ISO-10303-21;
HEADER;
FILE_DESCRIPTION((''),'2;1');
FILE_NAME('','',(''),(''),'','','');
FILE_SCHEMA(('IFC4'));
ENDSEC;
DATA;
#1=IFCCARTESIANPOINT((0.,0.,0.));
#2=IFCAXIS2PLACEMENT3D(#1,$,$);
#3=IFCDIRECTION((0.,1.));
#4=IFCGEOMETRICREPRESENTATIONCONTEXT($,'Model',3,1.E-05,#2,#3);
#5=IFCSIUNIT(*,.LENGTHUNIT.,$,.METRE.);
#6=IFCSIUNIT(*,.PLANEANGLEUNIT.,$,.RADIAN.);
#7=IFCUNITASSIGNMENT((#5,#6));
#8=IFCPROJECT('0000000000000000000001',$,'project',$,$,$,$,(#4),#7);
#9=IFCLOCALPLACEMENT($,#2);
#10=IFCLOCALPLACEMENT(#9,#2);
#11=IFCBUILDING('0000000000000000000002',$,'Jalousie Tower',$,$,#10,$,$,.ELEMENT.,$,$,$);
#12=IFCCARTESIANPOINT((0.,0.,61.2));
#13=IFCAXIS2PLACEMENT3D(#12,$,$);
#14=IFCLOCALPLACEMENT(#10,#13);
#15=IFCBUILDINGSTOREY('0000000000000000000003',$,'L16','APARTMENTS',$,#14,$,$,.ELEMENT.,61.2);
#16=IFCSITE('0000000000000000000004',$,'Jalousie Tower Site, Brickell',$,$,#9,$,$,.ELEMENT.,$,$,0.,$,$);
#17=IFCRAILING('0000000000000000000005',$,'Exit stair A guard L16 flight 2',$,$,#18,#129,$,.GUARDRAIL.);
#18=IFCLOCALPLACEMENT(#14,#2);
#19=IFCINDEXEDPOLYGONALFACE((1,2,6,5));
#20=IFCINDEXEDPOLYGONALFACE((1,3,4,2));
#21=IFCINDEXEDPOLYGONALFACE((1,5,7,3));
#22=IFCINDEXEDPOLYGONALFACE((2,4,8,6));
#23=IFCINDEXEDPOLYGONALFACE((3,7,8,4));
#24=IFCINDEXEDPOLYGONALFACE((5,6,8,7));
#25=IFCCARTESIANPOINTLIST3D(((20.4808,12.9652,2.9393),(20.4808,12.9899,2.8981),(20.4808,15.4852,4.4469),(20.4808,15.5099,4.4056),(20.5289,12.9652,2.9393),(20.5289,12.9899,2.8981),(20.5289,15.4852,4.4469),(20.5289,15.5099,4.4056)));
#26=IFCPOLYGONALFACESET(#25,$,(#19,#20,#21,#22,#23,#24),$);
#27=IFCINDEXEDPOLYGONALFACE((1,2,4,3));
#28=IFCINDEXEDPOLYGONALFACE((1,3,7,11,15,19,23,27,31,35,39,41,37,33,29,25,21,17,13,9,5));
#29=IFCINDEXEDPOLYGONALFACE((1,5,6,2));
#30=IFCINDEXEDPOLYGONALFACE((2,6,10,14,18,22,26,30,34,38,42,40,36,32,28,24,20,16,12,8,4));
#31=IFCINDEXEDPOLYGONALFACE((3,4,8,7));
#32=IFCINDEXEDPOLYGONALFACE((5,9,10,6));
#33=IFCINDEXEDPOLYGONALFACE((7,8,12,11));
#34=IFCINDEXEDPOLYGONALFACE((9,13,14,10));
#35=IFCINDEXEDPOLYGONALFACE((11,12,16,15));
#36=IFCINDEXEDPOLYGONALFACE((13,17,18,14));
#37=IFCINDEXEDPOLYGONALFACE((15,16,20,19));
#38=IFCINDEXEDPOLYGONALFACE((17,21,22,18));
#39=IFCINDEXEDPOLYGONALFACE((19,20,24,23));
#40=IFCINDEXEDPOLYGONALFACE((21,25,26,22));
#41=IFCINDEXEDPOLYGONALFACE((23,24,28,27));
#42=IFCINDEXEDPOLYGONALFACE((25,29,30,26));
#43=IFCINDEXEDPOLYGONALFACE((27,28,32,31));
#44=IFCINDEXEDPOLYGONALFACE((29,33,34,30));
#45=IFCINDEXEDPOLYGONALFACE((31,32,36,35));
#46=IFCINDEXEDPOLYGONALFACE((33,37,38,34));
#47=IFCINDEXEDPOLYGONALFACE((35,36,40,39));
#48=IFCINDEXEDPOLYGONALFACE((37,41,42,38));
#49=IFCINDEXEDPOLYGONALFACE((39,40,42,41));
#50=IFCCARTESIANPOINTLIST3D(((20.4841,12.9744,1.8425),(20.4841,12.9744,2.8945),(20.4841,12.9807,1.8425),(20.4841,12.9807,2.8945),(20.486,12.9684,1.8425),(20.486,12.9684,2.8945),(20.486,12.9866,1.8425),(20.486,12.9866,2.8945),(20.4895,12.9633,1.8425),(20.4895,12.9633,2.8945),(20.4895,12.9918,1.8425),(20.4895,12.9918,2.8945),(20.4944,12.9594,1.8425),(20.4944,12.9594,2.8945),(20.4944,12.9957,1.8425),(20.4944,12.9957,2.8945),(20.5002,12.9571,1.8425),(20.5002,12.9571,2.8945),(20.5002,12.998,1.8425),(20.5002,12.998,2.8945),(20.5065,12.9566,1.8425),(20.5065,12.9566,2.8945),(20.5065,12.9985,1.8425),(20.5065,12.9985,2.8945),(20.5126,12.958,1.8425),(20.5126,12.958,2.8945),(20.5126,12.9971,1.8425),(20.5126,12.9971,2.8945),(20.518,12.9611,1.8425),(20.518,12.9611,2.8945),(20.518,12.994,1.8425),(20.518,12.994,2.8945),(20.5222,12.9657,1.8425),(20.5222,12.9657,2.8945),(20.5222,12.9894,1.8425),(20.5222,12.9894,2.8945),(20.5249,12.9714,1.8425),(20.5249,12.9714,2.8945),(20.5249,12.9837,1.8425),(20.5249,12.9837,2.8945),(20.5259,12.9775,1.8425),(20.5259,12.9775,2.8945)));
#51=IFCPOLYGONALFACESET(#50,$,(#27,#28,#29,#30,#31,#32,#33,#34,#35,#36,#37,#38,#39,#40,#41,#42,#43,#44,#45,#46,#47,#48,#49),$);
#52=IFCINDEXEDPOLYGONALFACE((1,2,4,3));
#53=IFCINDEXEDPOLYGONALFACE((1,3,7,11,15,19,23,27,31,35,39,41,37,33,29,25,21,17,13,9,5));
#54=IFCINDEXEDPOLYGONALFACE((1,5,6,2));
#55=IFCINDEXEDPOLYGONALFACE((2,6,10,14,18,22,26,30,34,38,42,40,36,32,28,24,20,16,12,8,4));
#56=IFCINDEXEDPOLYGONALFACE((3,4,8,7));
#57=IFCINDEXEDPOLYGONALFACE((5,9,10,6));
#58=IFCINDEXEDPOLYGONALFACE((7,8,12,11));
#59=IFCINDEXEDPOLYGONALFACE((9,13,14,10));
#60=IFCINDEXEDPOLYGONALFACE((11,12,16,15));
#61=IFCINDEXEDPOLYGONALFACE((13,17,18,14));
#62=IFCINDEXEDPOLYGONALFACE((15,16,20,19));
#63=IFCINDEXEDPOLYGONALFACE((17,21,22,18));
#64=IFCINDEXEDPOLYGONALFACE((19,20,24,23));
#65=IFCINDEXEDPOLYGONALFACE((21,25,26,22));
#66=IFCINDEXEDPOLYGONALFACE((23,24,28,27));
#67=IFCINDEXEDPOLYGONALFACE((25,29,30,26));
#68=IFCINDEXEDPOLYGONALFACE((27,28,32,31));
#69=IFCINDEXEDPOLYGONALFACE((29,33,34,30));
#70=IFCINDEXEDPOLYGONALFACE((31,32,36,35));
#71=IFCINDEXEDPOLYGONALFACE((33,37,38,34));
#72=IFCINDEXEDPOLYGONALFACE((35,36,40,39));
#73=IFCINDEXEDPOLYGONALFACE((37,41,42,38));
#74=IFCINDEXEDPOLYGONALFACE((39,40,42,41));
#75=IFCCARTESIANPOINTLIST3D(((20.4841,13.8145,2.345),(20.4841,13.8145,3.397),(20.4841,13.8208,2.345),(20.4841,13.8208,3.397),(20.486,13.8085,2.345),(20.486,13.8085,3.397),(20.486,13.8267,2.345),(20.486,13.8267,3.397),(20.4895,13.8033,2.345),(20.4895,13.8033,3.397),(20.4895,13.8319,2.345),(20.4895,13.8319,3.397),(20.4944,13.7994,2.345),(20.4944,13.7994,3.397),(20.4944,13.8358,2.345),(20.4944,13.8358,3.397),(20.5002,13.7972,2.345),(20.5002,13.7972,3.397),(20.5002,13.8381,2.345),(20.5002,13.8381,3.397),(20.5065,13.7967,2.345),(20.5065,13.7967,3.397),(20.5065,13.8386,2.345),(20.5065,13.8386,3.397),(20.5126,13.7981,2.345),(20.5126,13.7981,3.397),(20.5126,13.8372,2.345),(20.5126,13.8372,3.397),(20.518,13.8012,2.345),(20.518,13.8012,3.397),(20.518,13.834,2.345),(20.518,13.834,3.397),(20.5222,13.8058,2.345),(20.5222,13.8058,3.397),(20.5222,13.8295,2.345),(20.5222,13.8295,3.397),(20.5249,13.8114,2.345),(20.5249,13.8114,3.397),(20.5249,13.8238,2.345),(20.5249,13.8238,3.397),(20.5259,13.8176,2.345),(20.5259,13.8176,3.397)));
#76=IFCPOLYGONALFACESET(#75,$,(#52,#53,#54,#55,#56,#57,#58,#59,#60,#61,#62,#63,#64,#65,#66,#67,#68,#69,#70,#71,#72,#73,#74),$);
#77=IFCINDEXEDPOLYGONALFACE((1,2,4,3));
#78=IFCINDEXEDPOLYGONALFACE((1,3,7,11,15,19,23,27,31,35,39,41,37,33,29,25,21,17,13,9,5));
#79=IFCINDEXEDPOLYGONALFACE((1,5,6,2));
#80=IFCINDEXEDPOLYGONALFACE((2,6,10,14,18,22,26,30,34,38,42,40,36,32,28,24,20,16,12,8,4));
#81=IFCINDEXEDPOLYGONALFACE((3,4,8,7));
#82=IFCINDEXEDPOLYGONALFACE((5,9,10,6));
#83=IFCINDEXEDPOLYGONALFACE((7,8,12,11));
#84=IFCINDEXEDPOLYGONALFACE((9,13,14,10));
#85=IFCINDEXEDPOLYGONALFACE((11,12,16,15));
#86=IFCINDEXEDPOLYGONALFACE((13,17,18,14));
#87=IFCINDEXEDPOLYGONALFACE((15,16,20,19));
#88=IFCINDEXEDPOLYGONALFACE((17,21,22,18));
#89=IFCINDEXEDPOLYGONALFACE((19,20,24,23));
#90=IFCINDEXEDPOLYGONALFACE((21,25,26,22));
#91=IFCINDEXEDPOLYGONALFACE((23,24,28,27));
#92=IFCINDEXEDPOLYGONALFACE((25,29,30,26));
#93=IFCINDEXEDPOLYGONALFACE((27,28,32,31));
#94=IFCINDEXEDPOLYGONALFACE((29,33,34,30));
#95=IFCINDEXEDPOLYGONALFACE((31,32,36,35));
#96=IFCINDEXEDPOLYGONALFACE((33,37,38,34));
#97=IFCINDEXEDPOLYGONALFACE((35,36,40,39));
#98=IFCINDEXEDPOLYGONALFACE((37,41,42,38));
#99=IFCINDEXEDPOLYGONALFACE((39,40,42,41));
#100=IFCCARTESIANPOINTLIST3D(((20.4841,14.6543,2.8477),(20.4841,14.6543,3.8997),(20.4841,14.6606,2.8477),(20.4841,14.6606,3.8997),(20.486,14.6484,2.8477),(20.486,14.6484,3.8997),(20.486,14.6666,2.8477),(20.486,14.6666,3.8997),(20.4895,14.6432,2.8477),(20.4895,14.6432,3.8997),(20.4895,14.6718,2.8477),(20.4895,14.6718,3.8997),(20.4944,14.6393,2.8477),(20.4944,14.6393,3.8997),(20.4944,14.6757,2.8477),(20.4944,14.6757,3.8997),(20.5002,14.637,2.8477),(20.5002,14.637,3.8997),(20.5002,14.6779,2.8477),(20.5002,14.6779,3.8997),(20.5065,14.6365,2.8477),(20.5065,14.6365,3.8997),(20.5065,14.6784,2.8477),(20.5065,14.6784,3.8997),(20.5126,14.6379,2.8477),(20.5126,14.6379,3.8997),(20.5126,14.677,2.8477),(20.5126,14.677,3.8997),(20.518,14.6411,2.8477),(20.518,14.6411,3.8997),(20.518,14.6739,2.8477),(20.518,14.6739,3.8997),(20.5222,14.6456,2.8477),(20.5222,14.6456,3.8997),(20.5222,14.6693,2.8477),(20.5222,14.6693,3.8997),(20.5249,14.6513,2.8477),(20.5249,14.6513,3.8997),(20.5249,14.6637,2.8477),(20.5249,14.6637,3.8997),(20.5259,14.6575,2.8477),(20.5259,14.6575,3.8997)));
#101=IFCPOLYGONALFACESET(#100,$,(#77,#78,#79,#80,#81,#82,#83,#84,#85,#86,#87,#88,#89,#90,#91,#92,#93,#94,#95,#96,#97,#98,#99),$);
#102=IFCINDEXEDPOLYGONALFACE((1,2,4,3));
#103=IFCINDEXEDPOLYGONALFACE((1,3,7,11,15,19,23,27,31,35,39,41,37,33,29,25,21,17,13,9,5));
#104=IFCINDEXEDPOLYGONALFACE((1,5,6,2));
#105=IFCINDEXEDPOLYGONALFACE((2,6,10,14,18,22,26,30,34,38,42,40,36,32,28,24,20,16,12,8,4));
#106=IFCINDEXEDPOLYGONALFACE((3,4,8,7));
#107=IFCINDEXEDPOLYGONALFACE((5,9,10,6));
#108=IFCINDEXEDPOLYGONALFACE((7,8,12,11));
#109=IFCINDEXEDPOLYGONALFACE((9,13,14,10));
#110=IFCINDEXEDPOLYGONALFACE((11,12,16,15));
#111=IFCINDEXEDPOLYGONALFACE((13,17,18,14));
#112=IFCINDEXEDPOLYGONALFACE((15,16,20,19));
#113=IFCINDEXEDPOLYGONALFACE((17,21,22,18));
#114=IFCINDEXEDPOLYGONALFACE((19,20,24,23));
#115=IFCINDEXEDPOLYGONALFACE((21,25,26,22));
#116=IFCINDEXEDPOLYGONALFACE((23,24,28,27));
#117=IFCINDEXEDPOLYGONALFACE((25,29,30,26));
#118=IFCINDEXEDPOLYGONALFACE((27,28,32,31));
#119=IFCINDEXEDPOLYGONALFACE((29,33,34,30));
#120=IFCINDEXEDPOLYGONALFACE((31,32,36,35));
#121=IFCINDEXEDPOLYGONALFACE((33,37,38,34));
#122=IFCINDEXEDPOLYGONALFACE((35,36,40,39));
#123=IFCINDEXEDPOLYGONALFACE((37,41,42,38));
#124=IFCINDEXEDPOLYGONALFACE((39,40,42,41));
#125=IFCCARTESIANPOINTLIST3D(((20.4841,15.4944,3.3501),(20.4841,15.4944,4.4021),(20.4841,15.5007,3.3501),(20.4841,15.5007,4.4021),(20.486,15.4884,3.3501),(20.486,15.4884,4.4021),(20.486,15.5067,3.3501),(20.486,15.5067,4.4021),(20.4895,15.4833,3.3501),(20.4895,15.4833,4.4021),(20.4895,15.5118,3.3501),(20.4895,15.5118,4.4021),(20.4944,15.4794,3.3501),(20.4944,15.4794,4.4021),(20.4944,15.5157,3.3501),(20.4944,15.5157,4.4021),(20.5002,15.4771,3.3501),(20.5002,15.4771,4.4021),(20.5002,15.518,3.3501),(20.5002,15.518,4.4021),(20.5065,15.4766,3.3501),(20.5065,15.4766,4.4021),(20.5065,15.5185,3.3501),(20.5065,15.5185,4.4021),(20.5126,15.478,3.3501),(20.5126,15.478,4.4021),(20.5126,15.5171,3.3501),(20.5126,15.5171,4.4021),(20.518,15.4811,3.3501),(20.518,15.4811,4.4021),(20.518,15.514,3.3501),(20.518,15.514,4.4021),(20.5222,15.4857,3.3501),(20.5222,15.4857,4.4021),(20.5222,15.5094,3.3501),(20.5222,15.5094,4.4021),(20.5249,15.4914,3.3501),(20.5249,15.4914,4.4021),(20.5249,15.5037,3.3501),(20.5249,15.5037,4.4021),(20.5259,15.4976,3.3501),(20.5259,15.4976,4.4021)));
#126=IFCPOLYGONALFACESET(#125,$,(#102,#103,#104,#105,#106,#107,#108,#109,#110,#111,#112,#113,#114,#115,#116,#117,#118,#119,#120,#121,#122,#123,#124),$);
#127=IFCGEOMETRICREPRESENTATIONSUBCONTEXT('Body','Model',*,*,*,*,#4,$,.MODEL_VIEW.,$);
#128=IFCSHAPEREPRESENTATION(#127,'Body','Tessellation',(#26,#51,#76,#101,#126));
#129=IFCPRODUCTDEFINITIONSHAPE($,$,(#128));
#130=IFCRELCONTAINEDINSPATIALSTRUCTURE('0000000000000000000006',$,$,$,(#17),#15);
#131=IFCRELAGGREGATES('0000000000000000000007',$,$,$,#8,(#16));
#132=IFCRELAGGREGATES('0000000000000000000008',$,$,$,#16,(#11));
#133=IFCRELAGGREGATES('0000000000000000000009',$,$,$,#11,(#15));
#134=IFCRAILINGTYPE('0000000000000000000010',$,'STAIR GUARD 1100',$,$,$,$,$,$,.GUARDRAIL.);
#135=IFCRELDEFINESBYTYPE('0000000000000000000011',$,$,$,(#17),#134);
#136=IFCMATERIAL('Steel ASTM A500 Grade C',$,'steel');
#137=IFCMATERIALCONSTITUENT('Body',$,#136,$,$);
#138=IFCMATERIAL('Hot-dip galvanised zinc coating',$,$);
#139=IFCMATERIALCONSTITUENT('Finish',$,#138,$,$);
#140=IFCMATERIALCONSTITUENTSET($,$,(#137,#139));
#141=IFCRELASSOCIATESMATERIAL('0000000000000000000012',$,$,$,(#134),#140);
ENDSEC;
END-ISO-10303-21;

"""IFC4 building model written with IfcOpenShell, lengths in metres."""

from ifc_helpers import new_model, si_unit, direction, frame, origin, origin_2d, place, context, subcontext, project, spatial, rectangle, circle, extrude, material, constituent, constituent_set, type_object, element, save


model = new_model("IFC4")

# Units and contexts
model_context = context("Model", 3, precision=1e-05, world=origin(), true_north=direction((0.0, 1.0)))
body_context = subcontext(model_context, "Body", "Model", "MODEL_VIEW")
ifc_project = project(units=[si_unit("LENGTHUNIT", "METRE"), si_unit("PLANEANGLEUNIT", "RADIAN")], contexts=[model_context])

# Site, building, storey
site_placement = place(None, origin())
site = spatial("IfcSite", under=ifc_project, at=site_placement, Name="Jalousie Tower Site, Brickell", CompositionType="ELEMENT", RefElevation=0.0)
building_placement = place(site_placement, origin())
building = spatial("IfcBuilding", under=site, at=building_placement, Name="Jalousie Tower", CompositionType="ELEMENT")
storey_placement = place(building_placement, frame((0.0, 0.0, 61.2)))
storey = spatial("IfcBuildingStorey", under=building, at=storey_placement, Name="L16", Description="APARTMENTS", CompositionType="ELEMENT", Elevation=61.2)

# Railing
ifc_material_1 = material(Name="Steel ASTM A500 Grade C", Category="steel")
ifc_constituent_1 = constituent(ifc_material_1, Name="Body")
ifc_material_2 = material(Name="Hot-dip galvanised zinc coating")
ifc_constituent_2 = constituent(ifc_material_2, Name="Finish")
ifc_constituent_set_1 = constituent_set(constituents=[ifc_constituent_1, ifc_constituent_2])
railing_type_1 = type_object("IfcRailingType", Name="STAIR GUARD 1100", PredefinedType="GUARDRAIL", material=ifc_constituent_set_1)
railing_1_placement = place(storey_placement, frame((20.5049, 12.9775, 1.8425)))
element("IfcRailing", 1, at=railing_1_placement, inside=storey, type_object=railing_type_1, Name="Exit stair A guard L16 flight 2", PredefinedType="GUARDRAIL", context=body_context, shape_type="SweptSolid", body=[
    extrude(rectangle(XDim=0.0481, YDim=0.0481, at=origin_2d()), frame((0.0, 0.0, 1.0762), z_axis=(0.0, 0.85816, 0.513383), x_axis=(-1.0, 0.0, 0.0)), (0.0, 0.0, 1.0), 2.9365),
    extrude(circle(Radius=0.021, at=origin_2d()), origin(), (0.0, 0.0, 1.0), 1.052),
    extrude(circle(Radius=0.021, at=origin_2d()), frame((0.0, 0.8401, 0.5024)), (0.0, 0.0, 1.0), 1.052),
    extrude(circle(Radius=0.021, at=origin_2d()), frame((0.0, 1.6799, 1.0051)), (0.0, 0.0, 1.0), 1.052),
    extrude(circle(Radius=0.021, at=origin_2d()), frame((0.0, 2.52, 1.5076)), (0.0, 0.0, 1.0), 1.052),
])

save(model, "model.ifc")
